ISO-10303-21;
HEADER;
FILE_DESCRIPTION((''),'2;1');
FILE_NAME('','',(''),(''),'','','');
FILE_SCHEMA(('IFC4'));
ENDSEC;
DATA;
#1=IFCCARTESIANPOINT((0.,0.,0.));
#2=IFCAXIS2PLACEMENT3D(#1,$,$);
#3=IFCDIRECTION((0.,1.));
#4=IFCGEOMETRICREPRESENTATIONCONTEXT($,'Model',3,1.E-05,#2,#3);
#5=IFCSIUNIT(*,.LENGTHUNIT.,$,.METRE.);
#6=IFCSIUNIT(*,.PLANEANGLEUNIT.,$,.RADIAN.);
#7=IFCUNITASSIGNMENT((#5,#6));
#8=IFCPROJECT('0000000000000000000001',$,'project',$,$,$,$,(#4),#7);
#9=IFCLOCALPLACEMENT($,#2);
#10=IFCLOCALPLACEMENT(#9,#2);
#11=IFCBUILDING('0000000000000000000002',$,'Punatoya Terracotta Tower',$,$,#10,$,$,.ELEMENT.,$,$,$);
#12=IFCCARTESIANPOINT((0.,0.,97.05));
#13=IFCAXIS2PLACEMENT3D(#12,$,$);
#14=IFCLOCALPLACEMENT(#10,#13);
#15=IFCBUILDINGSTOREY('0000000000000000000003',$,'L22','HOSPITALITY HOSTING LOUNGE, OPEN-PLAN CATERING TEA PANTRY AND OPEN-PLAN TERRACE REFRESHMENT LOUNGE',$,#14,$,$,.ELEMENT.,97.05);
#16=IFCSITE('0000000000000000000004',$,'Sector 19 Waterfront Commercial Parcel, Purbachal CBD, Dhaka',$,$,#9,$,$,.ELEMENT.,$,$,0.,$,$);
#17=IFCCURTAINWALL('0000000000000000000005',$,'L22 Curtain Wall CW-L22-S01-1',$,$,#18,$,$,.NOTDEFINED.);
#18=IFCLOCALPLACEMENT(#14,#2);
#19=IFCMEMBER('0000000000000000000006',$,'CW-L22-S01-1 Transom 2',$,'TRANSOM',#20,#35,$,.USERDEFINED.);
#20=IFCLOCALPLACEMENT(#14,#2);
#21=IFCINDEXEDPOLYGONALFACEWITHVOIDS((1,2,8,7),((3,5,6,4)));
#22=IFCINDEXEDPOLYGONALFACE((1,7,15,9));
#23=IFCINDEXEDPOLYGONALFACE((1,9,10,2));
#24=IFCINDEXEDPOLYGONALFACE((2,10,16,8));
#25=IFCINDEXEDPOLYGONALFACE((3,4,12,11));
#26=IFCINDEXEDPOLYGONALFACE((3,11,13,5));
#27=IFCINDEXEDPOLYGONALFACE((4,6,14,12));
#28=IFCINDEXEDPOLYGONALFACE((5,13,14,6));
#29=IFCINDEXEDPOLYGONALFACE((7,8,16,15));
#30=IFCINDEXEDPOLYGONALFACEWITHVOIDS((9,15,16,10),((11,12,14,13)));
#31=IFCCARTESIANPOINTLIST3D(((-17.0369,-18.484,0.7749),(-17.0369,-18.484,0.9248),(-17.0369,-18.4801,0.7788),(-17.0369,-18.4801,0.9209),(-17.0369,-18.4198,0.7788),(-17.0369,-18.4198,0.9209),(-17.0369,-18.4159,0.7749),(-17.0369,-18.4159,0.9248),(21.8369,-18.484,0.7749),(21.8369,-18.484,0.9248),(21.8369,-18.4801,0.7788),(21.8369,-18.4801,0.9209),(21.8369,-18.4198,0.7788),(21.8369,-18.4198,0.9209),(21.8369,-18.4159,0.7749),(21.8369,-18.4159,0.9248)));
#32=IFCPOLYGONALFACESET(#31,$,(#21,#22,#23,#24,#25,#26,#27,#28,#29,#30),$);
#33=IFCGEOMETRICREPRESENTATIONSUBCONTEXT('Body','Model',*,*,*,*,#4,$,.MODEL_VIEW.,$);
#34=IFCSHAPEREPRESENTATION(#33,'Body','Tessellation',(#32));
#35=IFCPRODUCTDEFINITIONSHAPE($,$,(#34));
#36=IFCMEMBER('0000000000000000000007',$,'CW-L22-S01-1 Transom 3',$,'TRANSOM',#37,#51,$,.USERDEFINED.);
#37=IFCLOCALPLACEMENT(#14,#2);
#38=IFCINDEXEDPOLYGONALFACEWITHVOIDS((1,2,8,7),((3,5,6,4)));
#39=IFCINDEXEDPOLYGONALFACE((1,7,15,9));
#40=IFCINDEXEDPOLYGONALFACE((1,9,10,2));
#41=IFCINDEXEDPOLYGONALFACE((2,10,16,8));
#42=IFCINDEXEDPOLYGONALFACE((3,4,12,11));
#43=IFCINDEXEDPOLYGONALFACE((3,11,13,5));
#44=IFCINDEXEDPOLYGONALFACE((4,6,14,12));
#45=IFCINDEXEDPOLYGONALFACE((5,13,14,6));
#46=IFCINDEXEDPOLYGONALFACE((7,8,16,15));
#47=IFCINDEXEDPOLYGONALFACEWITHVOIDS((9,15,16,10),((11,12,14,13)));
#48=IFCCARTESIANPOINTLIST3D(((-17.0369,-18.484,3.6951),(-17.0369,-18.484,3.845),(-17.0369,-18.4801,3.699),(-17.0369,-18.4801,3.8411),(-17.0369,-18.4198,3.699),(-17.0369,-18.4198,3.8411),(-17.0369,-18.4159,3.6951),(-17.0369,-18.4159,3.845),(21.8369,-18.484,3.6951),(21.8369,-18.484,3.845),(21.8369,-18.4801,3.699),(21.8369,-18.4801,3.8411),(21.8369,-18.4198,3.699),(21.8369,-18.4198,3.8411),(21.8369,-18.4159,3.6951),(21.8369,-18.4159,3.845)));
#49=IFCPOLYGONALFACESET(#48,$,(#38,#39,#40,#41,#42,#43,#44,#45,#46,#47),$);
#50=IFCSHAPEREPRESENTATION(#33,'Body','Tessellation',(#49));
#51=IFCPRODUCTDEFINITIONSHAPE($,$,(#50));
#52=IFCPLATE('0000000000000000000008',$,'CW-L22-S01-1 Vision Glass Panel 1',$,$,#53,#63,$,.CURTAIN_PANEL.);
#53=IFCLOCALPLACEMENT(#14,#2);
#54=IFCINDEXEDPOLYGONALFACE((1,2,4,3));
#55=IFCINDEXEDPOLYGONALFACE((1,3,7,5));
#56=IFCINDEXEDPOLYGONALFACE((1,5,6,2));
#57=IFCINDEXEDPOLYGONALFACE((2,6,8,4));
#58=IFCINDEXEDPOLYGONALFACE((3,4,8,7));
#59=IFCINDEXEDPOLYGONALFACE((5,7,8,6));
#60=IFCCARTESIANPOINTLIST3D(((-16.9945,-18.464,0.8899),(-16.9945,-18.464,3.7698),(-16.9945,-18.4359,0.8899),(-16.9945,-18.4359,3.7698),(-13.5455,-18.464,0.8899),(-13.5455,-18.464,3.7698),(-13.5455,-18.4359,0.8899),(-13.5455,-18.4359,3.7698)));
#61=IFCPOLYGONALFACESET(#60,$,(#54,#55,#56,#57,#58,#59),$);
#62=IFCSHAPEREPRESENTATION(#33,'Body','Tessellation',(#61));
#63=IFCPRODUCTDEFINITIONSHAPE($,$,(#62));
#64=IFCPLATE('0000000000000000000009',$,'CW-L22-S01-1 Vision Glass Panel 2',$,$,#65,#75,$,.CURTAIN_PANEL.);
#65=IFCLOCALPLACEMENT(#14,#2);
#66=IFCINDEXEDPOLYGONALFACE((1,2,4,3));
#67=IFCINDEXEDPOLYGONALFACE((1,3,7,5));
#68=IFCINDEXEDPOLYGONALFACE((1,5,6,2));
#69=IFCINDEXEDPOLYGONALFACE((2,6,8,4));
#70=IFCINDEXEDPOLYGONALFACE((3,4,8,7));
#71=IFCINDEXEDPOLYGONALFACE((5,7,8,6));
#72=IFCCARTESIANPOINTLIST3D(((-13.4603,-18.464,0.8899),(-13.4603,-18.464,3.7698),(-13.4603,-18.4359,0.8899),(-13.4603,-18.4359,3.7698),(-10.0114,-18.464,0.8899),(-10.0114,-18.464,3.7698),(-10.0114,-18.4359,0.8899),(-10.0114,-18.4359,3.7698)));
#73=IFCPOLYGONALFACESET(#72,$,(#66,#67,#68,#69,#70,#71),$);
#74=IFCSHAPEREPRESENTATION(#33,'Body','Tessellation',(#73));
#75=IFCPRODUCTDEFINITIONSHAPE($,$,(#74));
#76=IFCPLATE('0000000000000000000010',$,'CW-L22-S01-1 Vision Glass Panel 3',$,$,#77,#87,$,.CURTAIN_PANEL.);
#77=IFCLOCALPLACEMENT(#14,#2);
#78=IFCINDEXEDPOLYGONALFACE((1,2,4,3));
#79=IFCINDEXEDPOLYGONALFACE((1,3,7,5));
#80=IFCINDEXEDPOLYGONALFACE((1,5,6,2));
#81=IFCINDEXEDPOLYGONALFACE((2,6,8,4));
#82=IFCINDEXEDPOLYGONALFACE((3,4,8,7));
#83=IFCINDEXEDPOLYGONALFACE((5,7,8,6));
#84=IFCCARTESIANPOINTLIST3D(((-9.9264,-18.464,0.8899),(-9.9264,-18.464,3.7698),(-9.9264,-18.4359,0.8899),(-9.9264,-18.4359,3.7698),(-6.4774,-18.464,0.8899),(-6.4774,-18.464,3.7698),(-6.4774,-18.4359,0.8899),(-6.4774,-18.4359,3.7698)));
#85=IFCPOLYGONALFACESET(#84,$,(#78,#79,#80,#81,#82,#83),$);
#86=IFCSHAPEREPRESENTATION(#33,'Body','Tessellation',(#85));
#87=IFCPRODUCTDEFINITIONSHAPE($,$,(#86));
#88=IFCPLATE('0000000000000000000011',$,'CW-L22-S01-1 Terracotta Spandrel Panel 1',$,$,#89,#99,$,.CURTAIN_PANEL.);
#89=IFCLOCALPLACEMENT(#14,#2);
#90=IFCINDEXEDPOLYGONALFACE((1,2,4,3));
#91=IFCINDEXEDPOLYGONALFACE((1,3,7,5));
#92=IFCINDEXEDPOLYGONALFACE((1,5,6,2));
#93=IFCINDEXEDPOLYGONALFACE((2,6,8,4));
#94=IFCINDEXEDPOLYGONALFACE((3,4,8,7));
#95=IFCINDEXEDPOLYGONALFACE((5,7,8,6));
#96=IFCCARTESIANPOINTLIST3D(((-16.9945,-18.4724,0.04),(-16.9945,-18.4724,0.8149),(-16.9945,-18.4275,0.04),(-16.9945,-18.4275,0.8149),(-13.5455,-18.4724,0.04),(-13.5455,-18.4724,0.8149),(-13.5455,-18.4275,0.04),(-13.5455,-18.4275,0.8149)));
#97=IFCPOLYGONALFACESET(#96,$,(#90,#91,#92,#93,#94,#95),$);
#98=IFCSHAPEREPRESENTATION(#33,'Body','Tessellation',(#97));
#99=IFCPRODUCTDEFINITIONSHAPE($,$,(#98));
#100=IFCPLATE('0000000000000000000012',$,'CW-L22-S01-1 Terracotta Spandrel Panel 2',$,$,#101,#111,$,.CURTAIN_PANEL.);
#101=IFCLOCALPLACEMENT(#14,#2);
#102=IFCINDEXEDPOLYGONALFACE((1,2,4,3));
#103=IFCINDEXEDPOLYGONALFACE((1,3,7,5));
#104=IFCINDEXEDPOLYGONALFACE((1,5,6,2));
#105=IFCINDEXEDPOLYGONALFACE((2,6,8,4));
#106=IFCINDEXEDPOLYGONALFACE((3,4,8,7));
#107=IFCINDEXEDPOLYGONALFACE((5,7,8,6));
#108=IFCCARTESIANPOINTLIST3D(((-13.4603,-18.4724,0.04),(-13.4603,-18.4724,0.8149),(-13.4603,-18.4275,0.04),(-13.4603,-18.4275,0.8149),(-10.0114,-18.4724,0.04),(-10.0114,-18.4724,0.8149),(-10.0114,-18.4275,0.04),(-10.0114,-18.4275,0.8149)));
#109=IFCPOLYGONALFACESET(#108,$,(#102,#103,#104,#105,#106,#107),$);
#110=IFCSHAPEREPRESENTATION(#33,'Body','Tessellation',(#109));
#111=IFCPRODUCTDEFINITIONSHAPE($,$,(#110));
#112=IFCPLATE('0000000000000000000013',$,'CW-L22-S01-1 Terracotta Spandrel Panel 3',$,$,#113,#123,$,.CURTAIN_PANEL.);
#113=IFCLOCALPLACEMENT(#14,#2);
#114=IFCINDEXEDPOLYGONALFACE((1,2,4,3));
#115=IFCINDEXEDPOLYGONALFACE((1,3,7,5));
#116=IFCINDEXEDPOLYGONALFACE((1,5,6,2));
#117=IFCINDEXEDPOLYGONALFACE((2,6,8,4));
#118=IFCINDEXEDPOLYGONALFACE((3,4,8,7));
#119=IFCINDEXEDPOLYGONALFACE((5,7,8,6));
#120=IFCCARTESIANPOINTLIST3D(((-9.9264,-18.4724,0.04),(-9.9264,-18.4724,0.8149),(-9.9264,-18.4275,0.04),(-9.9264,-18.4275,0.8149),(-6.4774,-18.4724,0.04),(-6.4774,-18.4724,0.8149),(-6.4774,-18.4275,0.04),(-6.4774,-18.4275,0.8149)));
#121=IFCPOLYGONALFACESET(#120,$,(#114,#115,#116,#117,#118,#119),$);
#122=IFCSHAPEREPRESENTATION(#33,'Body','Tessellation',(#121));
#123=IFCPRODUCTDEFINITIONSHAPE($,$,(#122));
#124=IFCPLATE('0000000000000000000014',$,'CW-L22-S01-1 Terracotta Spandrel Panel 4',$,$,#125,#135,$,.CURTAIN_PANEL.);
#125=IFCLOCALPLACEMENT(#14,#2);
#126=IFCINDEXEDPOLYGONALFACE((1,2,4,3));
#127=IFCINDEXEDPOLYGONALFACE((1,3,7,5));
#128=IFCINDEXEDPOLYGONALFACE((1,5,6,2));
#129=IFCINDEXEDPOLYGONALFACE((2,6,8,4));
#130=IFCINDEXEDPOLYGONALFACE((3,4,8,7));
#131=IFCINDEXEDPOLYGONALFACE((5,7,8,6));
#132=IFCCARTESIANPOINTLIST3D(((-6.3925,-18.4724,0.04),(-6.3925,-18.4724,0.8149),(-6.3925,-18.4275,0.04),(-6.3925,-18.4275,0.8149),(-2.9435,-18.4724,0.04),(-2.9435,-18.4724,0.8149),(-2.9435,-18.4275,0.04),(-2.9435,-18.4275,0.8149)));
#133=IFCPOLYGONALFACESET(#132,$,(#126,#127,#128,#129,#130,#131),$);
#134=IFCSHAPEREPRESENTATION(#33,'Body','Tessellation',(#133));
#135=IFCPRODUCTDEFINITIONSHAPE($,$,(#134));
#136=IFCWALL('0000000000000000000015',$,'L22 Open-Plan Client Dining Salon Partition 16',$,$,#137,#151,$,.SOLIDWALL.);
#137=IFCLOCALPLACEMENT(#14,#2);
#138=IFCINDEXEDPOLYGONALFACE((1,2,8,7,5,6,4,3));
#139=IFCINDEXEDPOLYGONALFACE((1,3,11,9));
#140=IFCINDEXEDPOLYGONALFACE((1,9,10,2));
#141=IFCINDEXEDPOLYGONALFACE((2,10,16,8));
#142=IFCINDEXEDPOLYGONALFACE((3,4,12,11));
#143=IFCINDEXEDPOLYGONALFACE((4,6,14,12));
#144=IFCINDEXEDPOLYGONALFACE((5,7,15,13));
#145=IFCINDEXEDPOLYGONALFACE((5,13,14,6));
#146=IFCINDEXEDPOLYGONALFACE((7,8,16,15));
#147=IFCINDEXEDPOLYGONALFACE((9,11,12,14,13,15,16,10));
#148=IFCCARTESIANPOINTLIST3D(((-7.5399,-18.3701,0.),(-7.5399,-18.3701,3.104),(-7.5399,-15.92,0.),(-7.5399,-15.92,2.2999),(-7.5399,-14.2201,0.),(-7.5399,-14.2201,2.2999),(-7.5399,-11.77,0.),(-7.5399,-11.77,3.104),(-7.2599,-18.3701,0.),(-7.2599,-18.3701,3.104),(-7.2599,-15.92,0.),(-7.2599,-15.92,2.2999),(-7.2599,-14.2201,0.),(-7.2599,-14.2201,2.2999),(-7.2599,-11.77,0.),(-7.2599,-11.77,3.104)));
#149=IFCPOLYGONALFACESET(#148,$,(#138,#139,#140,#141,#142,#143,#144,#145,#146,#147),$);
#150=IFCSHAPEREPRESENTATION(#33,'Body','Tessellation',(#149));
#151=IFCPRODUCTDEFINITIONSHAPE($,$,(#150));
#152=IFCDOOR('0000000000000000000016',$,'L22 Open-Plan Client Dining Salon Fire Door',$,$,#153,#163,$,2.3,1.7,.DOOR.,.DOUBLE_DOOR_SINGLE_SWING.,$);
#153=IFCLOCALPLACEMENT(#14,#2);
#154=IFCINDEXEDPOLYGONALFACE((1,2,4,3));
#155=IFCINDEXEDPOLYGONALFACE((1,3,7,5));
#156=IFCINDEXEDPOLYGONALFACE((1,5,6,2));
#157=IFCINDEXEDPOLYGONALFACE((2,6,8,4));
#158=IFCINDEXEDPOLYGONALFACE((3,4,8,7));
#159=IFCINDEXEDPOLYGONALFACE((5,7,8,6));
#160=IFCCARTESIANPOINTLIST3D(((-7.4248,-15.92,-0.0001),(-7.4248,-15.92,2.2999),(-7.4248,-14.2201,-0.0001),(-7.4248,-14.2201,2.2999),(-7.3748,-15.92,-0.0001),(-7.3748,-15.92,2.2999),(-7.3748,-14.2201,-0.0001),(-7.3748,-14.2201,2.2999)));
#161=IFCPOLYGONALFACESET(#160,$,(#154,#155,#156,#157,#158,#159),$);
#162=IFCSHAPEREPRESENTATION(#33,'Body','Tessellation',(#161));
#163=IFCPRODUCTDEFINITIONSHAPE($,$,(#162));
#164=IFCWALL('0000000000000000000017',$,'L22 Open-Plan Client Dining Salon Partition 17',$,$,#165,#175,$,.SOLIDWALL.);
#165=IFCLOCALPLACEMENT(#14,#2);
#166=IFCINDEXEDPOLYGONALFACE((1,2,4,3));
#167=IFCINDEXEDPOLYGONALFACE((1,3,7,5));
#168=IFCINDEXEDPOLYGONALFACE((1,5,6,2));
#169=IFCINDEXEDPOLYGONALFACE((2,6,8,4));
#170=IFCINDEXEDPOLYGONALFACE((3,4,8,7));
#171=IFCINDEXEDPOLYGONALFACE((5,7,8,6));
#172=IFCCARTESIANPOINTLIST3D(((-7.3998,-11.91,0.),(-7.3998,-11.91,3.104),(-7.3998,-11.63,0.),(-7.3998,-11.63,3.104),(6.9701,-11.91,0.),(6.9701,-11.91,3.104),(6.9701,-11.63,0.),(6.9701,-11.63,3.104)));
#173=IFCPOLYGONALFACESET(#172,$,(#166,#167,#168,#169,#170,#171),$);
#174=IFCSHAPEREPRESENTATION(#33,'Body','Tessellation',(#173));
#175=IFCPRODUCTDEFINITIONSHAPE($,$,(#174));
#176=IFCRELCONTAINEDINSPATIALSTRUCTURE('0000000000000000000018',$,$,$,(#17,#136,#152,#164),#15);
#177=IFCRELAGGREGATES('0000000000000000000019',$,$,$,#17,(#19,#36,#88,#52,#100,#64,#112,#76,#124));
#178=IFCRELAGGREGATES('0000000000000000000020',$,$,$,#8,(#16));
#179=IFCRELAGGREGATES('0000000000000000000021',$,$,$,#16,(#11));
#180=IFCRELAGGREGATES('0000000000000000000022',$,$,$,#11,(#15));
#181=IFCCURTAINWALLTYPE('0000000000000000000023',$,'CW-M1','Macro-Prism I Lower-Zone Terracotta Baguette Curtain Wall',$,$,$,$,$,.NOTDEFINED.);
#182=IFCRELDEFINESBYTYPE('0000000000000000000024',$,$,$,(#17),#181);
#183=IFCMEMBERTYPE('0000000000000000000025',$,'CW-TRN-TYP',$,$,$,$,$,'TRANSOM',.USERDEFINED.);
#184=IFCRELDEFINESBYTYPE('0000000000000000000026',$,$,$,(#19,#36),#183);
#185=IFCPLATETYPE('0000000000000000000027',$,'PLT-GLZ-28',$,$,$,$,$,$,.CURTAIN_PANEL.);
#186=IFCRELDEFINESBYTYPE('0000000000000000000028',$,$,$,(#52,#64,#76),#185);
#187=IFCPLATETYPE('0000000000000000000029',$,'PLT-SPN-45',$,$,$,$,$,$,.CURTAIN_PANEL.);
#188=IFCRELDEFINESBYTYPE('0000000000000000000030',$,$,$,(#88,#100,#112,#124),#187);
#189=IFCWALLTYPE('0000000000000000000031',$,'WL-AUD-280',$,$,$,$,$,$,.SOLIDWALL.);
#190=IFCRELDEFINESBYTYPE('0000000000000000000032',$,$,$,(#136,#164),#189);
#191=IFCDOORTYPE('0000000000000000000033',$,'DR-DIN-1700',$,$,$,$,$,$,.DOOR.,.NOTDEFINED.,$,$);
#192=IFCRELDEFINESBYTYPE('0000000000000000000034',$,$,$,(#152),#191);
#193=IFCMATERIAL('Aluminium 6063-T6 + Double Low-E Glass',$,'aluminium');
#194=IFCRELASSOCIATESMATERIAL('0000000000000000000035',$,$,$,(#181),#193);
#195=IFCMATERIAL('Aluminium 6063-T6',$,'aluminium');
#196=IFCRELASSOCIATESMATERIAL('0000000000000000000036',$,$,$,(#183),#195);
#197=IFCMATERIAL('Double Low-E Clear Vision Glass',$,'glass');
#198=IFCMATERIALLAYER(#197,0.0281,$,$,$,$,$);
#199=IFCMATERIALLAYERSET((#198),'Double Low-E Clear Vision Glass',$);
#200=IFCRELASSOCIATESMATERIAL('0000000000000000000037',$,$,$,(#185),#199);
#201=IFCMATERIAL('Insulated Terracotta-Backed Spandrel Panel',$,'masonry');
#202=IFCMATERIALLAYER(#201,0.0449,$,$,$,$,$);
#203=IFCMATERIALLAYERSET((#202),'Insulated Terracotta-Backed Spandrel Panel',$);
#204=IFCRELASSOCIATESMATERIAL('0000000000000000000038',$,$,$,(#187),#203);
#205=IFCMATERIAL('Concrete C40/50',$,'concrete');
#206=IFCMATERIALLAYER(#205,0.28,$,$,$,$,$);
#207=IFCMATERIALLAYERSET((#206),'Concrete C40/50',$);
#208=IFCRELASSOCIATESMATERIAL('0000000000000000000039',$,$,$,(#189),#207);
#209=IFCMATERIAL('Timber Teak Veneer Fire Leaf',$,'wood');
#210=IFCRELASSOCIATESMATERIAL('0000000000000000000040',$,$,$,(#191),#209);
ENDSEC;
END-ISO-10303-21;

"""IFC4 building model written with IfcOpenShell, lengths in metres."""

from ifc_helpers import new_model, si_unit, direction, frame, frame_2d, origin, origin_2d, place, context, subcontext, project, spatial, rectangle, hollow_rectangle, extrude, material, layer, layer_set, material_profile, profile_set, type_object, element, fill, aggregate, save


model = new_model("IFC4")

# Units and contexts
model_context = context("Model", 3, precision=1e-05, world=origin(), true_north=direction((0.0, 1.0)))
body_context = subcontext(model_context, "Body", "Model", "MODEL_VIEW")
ifc_project = project(units=[si_unit("LENGTHUNIT", "METRE"), si_unit("PLANEANGLEUNIT", "RADIAN")], contexts=[model_context])

# Site, building, storey
site_placement = place(None, origin())
site = spatial("IfcSite", under=ifc_project, at=site_placement, Name="Sector 19 Waterfront Commercial Parcel, Purbachal CBD, Dhaka", CompositionType="ELEMENT", RefElevation=0.0)
building_placement = place(site_placement, origin())
building = spatial("IfcBuilding", under=site, at=building_placement, Name="Punatoya Terracotta Tower", CompositionType="ELEMENT")
storey_placement = place(building_placement, frame((0.0, 0.0, 97.05)))
storey = spatial("IfcBuildingStorey", under=building, at=storey_placement, Name="L22", Description="HOSPITALITY HOSTING LOUNGE, OPEN-PLAN CATERING TEA PANTRY AND OPEN-PLAN TERRACE REFRESHMENT LOUNGE", CompositionType="ELEMENT", Elevation=97.05)

# Curtain wall, members, plates
ifc_material_1 = material(Name="Aluminium 6063-T6 + Double Low-E Glass", Category="aluminium")
curtain_wall_type = type_object("IfcCurtainWallType", Name="CW-M1", Description="Macro-Prism I Lower-Zone Terracotta Baguette Curtain Wall", PredefinedType="NOTDEFINED", material=ifc_material_1)
curtain_wall_placement = place(storey_placement, origin())
curtain_wall = element("IfcCurtainWall", 1, at=curtain_wall_placement, inside=storey, type_object=curtain_wall_type, Name="L22 Curtain Wall CW-L22-S01-1", PredefinedType="NOTDEFINED")
ifc_material_2 = material(Name="Aluminium 6063-T6", Category="aluminium")
ifc_material_profile_1 = material_profile(ifc_material_2, hollow_rectangle(XDim=0.0681, YDim=0.1499, WallThickness=0.0039, at=origin_2d()))
ifc_profile_set_1 = profile_set([ifc_material_profile_1], Name="Aluminium 6063-T6")
member_type_1 = type_object("IfcMemberType", Name="CW-TRN-TYP", ElementType="TRANSOM", PredefinedType="USERDEFINED", material=ifc_profile_set_1)
member_1_placement = place(storey_placement, frame((-17.0369, -18.45, 0.8499), z_axis=(1.0, 0.0, 0.0), x_axis=(0.0, 1.0, 0.0)))
member_1 = element("IfcMember", 2, at=member_1_placement, type_object=member_type_1, Name="CW-L22-S01-1 Transom 2", ObjectType="TRANSOM", PredefinedType="USERDEFINED", context=body_context, shape_type="SweptSolid", body=[
    extrude(hollow_rectangle(XDim=0.0681, YDim=0.1499, WallThickness=0.0039, at=origin_2d()), origin(), (0.0, 0.0, 1.0), 38.8738),
])
member_2_placement = place(storey_placement, frame((-17.0369, -18.45, 3.77), z_axis=(1.0, 0.0, 0.0), x_axis=(0.0, 1.0, 0.0)))
member_2 = element("IfcMember", 3, at=member_2_placement, type_object=member_type_1, Name="CW-L22-S01-1 Transom 3", ObjectType="TRANSOM", PredefinedType="USERDEFINED", context=body_context, shape_type="SweptSolid", body=[
    extrude(hollow_rectangle(XDim=0.0681, YDim=0.1499, WallThickness=0.0039, at=origin_2d()), origin(), (0.0, 0.0, 1.0), 38.8738),
])
ifc_material_3 = material(Name="Double Low-E Clear Vision Glass", Category="glass")
ifc_layer_1 = layer(ifc_material_3, 0.0281)
ifc_layer_set_1 = layer_set([ifc_layer_1], Name="Double Low-E Clear Vision Glass")
plate_type_1 = type_object("IfcPlateType", Name="PLT-GLZ-28", PredefinedType="CURTAIN_PANEL", material=ifc_layer_set_1)
plate_1_placement = place(storey_placement, frame((-15.27, -18.45, 0.8899), z_axis=(0.0, 0.0, 1.0), x_axis=(1.0, 0.0, 0.0)))
plate_1 = element("IfcPlate", 4, at=plate_1_placement, type_object=plate_type_1, Name="CW-L22-S01-1 Vision Glass Panel 1", PredefinedType="CURTAIN_PANEL", context=body_context, shape_type="SweptSolid", body=[
    extrude(rectangle(XDim=3.449, YDim=0.0281, at=origin_2d()), origin(), (0.0, 0.0, 1.0), 2.8799),
])
plate_2_placement = place(storey_placement, frame((-11.7358, -18.45, 0.8899), z_axis=(0.0, 0.0, 1.0), x_axis=(1.0, 0.0, 0.0)))
plate_2 = element("IfcPlate", 5, at=plate_2_placement, type_object=plate_type_1, Name="CW-L22-S01-1 Vision Glass Panel 2", PredefinedType="CURTAIN_PANEL", context=body_context, shape_type="SweptSolid", body=[
    extrude(rectangle(XDim=3.449, YDim=0.0281, at=origin_2d()), origin(), (0.0, 0.0, 1.0), 2.8799),
])
plate_3_placement = place(storey_placement, frame((-8.2019, -18.45, 0.8899), z_axis=(0.0, 0.0, 1.0), x_axis=(1.0, 0.0, 0.0)))
plate_3 = element("IfcPlate", 6, at=plate_3_placement, type_object=plate_type_1, Name="CW-L22-S01-1 Vision Glass Panel 3", PredefinedType="CURTAIN_PANEL", context=body_context, shape_type="SweptSolid", body=[
    extrude(rectangle(XDim=3.449, YDim=0.0281, at=origin_2d()), origin(), (0.0, 0.0, 1.0), 2.8799),
])
ifc_material_4 = material(Name="Insulated Terracotta-Backed Spandrel Panel", Category="masonry")
ifc_layer_2 = layer(ifc_material_4, 0.0449)
ifc_layer_set_2 = layer_set([ifc_layer_2], Name="Insulated Terracotta-Backed Spandrel Panel")
plate_type_2 = type_object("IfcPlateType", Name="PLT-SPN-45", PredefinedType="CURTAIN_PANEL", material=ifc_layer_set_2)
plate_4_placement = place(storey_placement, frame((-15.27, -18.45, 0.04), z_axis=(0.0, 0.0, 1.0), x_axis=(1.0, 0.0, 0.0)))
plate_4 = element("IfcPlate", 7, at=plate_4_placement, type_object=plate_type_2, Name="CW-L22-S01-1 Terracotta Spandrel Panel 1", PredefinedType="CURTAIN_PANEL", context=body_context, shape_type="SweptSolid", body=[
    extrude(rectangle(XDim=3.449, YDim=0.0449, at=origin_2d()), origin(), (0.0, 0.0, 1.0), 0.7749),
])
plate_5_placement = place(storey_placement, frame((-11.7358, -18.45, 0.04), z_axis=(0.0, 0.0, 1.0), x_axis=(1.0, 0.0, 0.0)))
plate_5 = element("IfcPlate", 8, at=plate_5_placement, type_object=plate_type_2, Name="CW-L22-S01-1 Terracotta Spandrel Panel 2", PredefinedType="CURTAIN_PANEL", context=body_context, shape_type="SweptSolid", body=[
    extrude(rectangle(XDim=3.449, YDim=0.0449, at=origin_2d()), origin(), (0.0, 0.0, 1.0), 0.7749),
])
plate_6_placement = place(storey_placement, frame((-8.2019, -18.45, 0.04), z_axis=(0.0, 0.0, 1.0), x_axis=(1.0, 0.0, 0.0)))
plate_6 = element("IfcPlate", 9, at=plate_6_placement, type_object=plate_type_2, Name="CW-L22-S01-1 Terracotta Spandrel Panel 3", PredefinedType="CURTAIN_PANEL", context=body_context, shape_type="SweptSolid", body=[
    extrude(rectangle(XDim=3.449, YDim=0.0449, at=origin_2d()), origin(), (0.0, 0.0, 1.0), 0.7749),
])
plate_7_placement = place(storey_placement, frame((-4.668, -18.45, 0.04), z_axis=(0.0, 0.0, 1.0), x_axis=(1.0, 0.0, 0.0)))
plate_7 = element("IfcPlate", 10, at=plate_7_placement, type_object=plate_type_2, Name="CW-L22-S01-1 Terracotta Spandrel Panel 4", PredefinedType="CURTAIN_PANEL", context=body_context, shape_type="SweptSolid", body=[
    extrude(rectangle(XDim=3.449, YDim=0.0449, at=origin_2d()), origin(), (0.0, 0.0, 1.0), 0.7749),
])
aggregate(curtain_wall, [member_1, member_2, plate_4, plate_1, plate_5, plate_2, plate_6, plate_3, plate_7])

# Wall, opening, door
ifc_material_5 = material(Name="Concrete C40/50", Category="concrete")
ifc_layer_3 = layer(ifc_material_5, 0.28)
ifc_layer_set_3 = layer_set([ifc_layer_3], Name="Concrete C40/50")
wall_type_1 = type_object("IfcWallType", Name="WL-AUD-280", PredefinedType="SOLIDWALL", material=ifc_layer_set_3)
wall_1_placement = place(storey_placement, frame((-7.3999, -18.3701, 0.0), z_axis=(0.0, 0.0, 1.0), x_axis=(0.0, 1.0, 0.0)))
wall_1 = element("IfcWall", 11, at=wall_1_placement, inside=storey, type_object=wall_type_1, Name="L22 Open-Plan Client Dining Salon Partition 16", PredefinedType="SOLIDWALL", context=body_context, shape_type="SweptSolid", body=[
    extrude(rectangle(XDim=6.6001, YDim=0.28, at=frame_2d((3.3, 0.0))), origin(), (0.0, 0.0, 1.0), 3.104),
])
opening_1_placement = place(wall_1_placement, frame((2.45, 0.0, 0.0)))
opening_1 = element("IfcOpeningElement", 12, at=opening_1_placement, cuts=wall_1, PredefinedType="OPENING", context=body_context, shape_type="SweptSolid", body=[
    extrude(rectangle(XDim=1.7, YDim=2.3, at=frame_2d((0.8501, 1.1499))), frame((0.0, 0.1499, 0.0), z_axis=(0.0, -1.0, 0.0), x_axis=(1.0, 0.0, 0.0)), (0.0, 0.0, 1.0), 0.3),
])
ifc_material_6 = material(Name="Timber Teak Veneer Fire Leaf", Category="wood")
door_type_1 = type_object("IfcDoorType", Name="DR-DIN-1700", OperationType="NOTDEFINED", PredefinedType="DOOR", material=ifc_material_6)
door_1_placement = place(opening_1_placement, origin())
door_1 = element("IfcDoor", 13, at=door_1_placement, inside=storey, type_object=door_type_1, Name="L22 Open-Plan Client Dining Salon Fire Door", OperationType="DOUBLE_DOOR_SINGLE_SWING", OverallHeight=2.3, OverallWidth=1.7, PredefinedType="DOOR", context=body_context, shape_type="SweptSolid", body=[
    extrude(rectangle(XDim=1.7, YDim=2.3, at=frame_2d((0.8501, 1.1499))), frame((0.0, 0.0249, 0.0), z_axis=(0.0, -1.0, 0.0), x_axis=(1.0, 0.0, 0.0)), (0.0, 0.0, 1.0), 0.05),
])
fill(opening_1, door_1)

# Wall
wall_2_placement = place(storey_placement, frame((-7.3999, -11.77, 0.0), z_axis=(0.0, 0.0, 1.0), x_axis=(1.0, 0.0, 0.0)))
element("IfcWall", 14, at=wall_2_placement, inside=storey, type_object=wall_type_1, Name="L22 Open-Plan Client Dining Salon Partition 17", PredefinedType="SOLIDWALL", context=body_context, shape_type="SweptSolid", body=[
    extrude(rectangle(XDim=14.3699, YDim=0.28, at=frame_2d((7.1851, 0.0))), origin(), (0.0, 0.0, 1.0), 3.104),
])

save(model, "model.ifc")
